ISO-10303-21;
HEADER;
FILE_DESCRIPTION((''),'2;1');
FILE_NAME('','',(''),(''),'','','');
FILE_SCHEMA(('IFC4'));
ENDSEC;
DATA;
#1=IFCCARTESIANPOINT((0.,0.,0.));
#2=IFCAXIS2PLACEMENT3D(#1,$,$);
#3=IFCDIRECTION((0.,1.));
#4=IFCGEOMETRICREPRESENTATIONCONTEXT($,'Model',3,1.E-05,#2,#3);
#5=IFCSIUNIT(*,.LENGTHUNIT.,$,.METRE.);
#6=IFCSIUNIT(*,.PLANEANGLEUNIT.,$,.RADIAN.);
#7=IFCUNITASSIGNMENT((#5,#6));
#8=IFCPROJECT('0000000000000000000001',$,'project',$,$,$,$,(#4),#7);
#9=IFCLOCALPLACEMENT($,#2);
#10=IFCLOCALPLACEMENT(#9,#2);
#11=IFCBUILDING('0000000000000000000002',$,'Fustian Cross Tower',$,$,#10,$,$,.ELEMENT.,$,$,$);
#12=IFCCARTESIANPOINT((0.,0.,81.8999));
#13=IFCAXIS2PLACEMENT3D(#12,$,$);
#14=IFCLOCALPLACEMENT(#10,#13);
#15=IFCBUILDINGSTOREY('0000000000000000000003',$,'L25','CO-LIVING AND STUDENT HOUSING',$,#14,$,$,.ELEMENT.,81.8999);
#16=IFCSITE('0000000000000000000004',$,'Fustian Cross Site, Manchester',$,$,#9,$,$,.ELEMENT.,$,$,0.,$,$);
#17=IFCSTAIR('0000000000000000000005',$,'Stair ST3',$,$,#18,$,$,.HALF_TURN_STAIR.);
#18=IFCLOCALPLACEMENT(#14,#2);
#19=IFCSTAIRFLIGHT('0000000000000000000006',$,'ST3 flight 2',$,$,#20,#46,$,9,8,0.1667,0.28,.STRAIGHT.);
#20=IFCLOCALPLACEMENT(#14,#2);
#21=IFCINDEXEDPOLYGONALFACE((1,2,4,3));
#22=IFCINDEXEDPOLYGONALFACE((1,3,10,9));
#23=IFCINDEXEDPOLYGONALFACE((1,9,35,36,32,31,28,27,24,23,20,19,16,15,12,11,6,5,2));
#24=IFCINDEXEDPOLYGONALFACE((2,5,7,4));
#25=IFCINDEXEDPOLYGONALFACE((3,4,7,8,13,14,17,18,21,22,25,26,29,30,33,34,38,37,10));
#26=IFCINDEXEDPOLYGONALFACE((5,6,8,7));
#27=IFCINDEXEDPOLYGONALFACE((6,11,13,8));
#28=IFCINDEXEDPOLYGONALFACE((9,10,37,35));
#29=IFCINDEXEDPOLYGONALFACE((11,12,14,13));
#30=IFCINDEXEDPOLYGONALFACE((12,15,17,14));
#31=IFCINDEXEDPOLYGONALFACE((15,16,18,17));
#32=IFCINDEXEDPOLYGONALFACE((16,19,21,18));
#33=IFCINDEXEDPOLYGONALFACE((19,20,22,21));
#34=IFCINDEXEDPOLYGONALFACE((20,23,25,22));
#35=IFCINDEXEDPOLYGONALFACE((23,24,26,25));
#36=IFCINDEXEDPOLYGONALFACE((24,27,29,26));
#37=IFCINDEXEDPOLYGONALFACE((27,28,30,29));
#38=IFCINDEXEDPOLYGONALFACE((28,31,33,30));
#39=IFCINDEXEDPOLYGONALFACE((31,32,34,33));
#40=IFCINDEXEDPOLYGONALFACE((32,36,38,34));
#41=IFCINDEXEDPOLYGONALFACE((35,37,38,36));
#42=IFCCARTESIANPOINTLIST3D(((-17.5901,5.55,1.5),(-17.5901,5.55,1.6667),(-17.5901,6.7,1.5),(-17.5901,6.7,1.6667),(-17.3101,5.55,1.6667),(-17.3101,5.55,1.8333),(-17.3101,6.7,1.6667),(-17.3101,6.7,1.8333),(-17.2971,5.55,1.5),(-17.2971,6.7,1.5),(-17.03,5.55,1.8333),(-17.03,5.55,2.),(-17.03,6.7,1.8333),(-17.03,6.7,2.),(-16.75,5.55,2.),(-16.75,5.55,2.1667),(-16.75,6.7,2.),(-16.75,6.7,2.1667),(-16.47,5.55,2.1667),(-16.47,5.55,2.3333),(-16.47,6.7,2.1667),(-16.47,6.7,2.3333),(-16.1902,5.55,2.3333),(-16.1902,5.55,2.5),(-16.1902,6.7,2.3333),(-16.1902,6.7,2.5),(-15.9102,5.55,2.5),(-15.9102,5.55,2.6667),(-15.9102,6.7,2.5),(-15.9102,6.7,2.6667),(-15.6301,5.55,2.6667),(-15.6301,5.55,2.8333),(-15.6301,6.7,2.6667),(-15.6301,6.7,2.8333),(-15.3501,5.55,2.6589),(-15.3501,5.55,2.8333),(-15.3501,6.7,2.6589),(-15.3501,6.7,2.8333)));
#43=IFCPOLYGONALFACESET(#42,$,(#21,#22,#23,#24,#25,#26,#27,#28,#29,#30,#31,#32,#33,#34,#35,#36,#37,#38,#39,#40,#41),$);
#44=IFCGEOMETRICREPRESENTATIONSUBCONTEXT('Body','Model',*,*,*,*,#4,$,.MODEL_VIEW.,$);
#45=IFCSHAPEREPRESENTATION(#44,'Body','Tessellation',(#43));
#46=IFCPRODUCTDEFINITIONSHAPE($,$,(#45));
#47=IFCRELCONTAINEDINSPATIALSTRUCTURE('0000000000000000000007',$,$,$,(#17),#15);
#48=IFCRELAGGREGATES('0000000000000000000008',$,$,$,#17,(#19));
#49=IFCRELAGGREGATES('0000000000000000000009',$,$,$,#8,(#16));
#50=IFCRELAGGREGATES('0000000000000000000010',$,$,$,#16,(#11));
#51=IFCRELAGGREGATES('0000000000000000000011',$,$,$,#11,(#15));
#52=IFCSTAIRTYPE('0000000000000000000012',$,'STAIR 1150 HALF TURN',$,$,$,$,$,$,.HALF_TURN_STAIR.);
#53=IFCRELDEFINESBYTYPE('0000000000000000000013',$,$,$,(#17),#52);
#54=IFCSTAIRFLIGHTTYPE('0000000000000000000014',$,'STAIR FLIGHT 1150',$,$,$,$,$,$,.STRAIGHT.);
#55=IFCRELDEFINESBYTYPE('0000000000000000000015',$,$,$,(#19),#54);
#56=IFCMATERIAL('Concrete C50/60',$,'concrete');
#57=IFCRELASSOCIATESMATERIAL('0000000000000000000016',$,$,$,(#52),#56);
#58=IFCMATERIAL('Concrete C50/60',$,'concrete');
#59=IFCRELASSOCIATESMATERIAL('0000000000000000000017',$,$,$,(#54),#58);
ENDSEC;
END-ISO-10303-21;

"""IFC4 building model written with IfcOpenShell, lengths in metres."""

from ifc_helpers import new_model, si_unit, direction, frame, origin, place, context, subcontext, project, spatial, polyline, outline, extrude, material, type_object, element, aggregate, save


model = new_model("IFC4")

# Units and contexts
model_context = context("Model", 3, precision=1e-05, world=origin(), true_north=direction((0.0, 1.0)))
body_context = subcontext(model_context, "Body", "Model", "MODEL_VIEW")
ifc_project = project(units=[si_unit("LENGTHUNIT", "METRE"), si_unit("PLANEANGLEUNIT", "RADIAN")], contexts=[model_context])

# Site, building, storey
site_placement = place(None, origin())
site = spatial("IfcSite", under=ifc_project, at=site_placement, Name="Fustian Cross Site, Manchester", CompositionType="ELEMENT", RefElevation=0.0)
building_placement = place(site_placement, origin())
building = spatial("IfcBuilding", under=site, at=building_placement, Name="Fustian Cross Tower", CompositionType="ELEMENT")
storey_placement = place(building_placement, frame((0.0, 0.0, 81.8999)))
storey = spatial("IfcBuildingStorey", under=building, at=storey_placement, Name="L25", Description="CO-LIVING AND STUDENT HOUSING", CompositionType="ELEMENT", Elevation=81.8999)

# Stair, stair flight
ifc_material_1 = material(Name="Concrete C50/60", Category="concrete")
stair_type = type_object("IfcStairType", Name="STAIR 1150 HALF TURN", PredefinedType="HALF_TURN_STAIR", material=ifc_material_1)
stair_placement = place(storey_placement, origin())
stair = element("IfcStair", 1, at=stair_placement, inside=storey, type_object=stair_type, Name="Stair ST3", PredefinedType="HALF_TURN_STAIR")
ifc_material_2 = material(Name="Concrete C50/60", Category="concrete")
stair_flight_type = type_object("IfcStairFlightType", Name="STAIR FLIGHT 1150", PredefinedType="STRAIGHT", material=ifc_material_2)
stair_flight_1_placement = place(storey_placement, frame((-17.5901, 6.125, 1.5), z_axis=(0.0, 0.0, 1.0), x_axis=(1.0, 0.0, 0.0)))
stair_flight_1 = element("IfcStairFlight", 2, at=stair_flight_1_placement, type_object=stair_flight_type, Name="ST3 flight 2", NumberOfRisers=9, NumberOfTreads=8, PredefinedType="STRAIGHT", RiserHeight=0.1667, TreadLength=0.28, context=body_context, shape_type="SweptSolid", body=[
    extrude(outline(polyline([(0.0, 0.0), (0.0, 0.1667), (0.28, 0.1667), (0.28, 0.3333), (0.5601, 0.3333), (0.5601, 0.5), (0.8401, 0.5), (0.8401, 0.6667), (1.1201, 0.6667), (1.1201, 0.8333), (1.3999, 0.8333), (1.3999, 1.0), (1.6799, 1.0), (1.6799, 1.1667), (1.96, 1.1667), (1.96, 1.3333), (2.24, 1.3333), (2.24, 1.5), (2.24, 1.1589), (0.293, 0.0), (0.0, 0.0)])), frame((0.0, 0.575, 0.0), z_axis=(0.0, -1.0, 0.0), x_axis=(1.0, 0.0, 0.0)), (0.0, 0.0, 1.0), 1.1499),
])
aggregate(stair, [stair_flight_1])

save(model, "model.ifc")
